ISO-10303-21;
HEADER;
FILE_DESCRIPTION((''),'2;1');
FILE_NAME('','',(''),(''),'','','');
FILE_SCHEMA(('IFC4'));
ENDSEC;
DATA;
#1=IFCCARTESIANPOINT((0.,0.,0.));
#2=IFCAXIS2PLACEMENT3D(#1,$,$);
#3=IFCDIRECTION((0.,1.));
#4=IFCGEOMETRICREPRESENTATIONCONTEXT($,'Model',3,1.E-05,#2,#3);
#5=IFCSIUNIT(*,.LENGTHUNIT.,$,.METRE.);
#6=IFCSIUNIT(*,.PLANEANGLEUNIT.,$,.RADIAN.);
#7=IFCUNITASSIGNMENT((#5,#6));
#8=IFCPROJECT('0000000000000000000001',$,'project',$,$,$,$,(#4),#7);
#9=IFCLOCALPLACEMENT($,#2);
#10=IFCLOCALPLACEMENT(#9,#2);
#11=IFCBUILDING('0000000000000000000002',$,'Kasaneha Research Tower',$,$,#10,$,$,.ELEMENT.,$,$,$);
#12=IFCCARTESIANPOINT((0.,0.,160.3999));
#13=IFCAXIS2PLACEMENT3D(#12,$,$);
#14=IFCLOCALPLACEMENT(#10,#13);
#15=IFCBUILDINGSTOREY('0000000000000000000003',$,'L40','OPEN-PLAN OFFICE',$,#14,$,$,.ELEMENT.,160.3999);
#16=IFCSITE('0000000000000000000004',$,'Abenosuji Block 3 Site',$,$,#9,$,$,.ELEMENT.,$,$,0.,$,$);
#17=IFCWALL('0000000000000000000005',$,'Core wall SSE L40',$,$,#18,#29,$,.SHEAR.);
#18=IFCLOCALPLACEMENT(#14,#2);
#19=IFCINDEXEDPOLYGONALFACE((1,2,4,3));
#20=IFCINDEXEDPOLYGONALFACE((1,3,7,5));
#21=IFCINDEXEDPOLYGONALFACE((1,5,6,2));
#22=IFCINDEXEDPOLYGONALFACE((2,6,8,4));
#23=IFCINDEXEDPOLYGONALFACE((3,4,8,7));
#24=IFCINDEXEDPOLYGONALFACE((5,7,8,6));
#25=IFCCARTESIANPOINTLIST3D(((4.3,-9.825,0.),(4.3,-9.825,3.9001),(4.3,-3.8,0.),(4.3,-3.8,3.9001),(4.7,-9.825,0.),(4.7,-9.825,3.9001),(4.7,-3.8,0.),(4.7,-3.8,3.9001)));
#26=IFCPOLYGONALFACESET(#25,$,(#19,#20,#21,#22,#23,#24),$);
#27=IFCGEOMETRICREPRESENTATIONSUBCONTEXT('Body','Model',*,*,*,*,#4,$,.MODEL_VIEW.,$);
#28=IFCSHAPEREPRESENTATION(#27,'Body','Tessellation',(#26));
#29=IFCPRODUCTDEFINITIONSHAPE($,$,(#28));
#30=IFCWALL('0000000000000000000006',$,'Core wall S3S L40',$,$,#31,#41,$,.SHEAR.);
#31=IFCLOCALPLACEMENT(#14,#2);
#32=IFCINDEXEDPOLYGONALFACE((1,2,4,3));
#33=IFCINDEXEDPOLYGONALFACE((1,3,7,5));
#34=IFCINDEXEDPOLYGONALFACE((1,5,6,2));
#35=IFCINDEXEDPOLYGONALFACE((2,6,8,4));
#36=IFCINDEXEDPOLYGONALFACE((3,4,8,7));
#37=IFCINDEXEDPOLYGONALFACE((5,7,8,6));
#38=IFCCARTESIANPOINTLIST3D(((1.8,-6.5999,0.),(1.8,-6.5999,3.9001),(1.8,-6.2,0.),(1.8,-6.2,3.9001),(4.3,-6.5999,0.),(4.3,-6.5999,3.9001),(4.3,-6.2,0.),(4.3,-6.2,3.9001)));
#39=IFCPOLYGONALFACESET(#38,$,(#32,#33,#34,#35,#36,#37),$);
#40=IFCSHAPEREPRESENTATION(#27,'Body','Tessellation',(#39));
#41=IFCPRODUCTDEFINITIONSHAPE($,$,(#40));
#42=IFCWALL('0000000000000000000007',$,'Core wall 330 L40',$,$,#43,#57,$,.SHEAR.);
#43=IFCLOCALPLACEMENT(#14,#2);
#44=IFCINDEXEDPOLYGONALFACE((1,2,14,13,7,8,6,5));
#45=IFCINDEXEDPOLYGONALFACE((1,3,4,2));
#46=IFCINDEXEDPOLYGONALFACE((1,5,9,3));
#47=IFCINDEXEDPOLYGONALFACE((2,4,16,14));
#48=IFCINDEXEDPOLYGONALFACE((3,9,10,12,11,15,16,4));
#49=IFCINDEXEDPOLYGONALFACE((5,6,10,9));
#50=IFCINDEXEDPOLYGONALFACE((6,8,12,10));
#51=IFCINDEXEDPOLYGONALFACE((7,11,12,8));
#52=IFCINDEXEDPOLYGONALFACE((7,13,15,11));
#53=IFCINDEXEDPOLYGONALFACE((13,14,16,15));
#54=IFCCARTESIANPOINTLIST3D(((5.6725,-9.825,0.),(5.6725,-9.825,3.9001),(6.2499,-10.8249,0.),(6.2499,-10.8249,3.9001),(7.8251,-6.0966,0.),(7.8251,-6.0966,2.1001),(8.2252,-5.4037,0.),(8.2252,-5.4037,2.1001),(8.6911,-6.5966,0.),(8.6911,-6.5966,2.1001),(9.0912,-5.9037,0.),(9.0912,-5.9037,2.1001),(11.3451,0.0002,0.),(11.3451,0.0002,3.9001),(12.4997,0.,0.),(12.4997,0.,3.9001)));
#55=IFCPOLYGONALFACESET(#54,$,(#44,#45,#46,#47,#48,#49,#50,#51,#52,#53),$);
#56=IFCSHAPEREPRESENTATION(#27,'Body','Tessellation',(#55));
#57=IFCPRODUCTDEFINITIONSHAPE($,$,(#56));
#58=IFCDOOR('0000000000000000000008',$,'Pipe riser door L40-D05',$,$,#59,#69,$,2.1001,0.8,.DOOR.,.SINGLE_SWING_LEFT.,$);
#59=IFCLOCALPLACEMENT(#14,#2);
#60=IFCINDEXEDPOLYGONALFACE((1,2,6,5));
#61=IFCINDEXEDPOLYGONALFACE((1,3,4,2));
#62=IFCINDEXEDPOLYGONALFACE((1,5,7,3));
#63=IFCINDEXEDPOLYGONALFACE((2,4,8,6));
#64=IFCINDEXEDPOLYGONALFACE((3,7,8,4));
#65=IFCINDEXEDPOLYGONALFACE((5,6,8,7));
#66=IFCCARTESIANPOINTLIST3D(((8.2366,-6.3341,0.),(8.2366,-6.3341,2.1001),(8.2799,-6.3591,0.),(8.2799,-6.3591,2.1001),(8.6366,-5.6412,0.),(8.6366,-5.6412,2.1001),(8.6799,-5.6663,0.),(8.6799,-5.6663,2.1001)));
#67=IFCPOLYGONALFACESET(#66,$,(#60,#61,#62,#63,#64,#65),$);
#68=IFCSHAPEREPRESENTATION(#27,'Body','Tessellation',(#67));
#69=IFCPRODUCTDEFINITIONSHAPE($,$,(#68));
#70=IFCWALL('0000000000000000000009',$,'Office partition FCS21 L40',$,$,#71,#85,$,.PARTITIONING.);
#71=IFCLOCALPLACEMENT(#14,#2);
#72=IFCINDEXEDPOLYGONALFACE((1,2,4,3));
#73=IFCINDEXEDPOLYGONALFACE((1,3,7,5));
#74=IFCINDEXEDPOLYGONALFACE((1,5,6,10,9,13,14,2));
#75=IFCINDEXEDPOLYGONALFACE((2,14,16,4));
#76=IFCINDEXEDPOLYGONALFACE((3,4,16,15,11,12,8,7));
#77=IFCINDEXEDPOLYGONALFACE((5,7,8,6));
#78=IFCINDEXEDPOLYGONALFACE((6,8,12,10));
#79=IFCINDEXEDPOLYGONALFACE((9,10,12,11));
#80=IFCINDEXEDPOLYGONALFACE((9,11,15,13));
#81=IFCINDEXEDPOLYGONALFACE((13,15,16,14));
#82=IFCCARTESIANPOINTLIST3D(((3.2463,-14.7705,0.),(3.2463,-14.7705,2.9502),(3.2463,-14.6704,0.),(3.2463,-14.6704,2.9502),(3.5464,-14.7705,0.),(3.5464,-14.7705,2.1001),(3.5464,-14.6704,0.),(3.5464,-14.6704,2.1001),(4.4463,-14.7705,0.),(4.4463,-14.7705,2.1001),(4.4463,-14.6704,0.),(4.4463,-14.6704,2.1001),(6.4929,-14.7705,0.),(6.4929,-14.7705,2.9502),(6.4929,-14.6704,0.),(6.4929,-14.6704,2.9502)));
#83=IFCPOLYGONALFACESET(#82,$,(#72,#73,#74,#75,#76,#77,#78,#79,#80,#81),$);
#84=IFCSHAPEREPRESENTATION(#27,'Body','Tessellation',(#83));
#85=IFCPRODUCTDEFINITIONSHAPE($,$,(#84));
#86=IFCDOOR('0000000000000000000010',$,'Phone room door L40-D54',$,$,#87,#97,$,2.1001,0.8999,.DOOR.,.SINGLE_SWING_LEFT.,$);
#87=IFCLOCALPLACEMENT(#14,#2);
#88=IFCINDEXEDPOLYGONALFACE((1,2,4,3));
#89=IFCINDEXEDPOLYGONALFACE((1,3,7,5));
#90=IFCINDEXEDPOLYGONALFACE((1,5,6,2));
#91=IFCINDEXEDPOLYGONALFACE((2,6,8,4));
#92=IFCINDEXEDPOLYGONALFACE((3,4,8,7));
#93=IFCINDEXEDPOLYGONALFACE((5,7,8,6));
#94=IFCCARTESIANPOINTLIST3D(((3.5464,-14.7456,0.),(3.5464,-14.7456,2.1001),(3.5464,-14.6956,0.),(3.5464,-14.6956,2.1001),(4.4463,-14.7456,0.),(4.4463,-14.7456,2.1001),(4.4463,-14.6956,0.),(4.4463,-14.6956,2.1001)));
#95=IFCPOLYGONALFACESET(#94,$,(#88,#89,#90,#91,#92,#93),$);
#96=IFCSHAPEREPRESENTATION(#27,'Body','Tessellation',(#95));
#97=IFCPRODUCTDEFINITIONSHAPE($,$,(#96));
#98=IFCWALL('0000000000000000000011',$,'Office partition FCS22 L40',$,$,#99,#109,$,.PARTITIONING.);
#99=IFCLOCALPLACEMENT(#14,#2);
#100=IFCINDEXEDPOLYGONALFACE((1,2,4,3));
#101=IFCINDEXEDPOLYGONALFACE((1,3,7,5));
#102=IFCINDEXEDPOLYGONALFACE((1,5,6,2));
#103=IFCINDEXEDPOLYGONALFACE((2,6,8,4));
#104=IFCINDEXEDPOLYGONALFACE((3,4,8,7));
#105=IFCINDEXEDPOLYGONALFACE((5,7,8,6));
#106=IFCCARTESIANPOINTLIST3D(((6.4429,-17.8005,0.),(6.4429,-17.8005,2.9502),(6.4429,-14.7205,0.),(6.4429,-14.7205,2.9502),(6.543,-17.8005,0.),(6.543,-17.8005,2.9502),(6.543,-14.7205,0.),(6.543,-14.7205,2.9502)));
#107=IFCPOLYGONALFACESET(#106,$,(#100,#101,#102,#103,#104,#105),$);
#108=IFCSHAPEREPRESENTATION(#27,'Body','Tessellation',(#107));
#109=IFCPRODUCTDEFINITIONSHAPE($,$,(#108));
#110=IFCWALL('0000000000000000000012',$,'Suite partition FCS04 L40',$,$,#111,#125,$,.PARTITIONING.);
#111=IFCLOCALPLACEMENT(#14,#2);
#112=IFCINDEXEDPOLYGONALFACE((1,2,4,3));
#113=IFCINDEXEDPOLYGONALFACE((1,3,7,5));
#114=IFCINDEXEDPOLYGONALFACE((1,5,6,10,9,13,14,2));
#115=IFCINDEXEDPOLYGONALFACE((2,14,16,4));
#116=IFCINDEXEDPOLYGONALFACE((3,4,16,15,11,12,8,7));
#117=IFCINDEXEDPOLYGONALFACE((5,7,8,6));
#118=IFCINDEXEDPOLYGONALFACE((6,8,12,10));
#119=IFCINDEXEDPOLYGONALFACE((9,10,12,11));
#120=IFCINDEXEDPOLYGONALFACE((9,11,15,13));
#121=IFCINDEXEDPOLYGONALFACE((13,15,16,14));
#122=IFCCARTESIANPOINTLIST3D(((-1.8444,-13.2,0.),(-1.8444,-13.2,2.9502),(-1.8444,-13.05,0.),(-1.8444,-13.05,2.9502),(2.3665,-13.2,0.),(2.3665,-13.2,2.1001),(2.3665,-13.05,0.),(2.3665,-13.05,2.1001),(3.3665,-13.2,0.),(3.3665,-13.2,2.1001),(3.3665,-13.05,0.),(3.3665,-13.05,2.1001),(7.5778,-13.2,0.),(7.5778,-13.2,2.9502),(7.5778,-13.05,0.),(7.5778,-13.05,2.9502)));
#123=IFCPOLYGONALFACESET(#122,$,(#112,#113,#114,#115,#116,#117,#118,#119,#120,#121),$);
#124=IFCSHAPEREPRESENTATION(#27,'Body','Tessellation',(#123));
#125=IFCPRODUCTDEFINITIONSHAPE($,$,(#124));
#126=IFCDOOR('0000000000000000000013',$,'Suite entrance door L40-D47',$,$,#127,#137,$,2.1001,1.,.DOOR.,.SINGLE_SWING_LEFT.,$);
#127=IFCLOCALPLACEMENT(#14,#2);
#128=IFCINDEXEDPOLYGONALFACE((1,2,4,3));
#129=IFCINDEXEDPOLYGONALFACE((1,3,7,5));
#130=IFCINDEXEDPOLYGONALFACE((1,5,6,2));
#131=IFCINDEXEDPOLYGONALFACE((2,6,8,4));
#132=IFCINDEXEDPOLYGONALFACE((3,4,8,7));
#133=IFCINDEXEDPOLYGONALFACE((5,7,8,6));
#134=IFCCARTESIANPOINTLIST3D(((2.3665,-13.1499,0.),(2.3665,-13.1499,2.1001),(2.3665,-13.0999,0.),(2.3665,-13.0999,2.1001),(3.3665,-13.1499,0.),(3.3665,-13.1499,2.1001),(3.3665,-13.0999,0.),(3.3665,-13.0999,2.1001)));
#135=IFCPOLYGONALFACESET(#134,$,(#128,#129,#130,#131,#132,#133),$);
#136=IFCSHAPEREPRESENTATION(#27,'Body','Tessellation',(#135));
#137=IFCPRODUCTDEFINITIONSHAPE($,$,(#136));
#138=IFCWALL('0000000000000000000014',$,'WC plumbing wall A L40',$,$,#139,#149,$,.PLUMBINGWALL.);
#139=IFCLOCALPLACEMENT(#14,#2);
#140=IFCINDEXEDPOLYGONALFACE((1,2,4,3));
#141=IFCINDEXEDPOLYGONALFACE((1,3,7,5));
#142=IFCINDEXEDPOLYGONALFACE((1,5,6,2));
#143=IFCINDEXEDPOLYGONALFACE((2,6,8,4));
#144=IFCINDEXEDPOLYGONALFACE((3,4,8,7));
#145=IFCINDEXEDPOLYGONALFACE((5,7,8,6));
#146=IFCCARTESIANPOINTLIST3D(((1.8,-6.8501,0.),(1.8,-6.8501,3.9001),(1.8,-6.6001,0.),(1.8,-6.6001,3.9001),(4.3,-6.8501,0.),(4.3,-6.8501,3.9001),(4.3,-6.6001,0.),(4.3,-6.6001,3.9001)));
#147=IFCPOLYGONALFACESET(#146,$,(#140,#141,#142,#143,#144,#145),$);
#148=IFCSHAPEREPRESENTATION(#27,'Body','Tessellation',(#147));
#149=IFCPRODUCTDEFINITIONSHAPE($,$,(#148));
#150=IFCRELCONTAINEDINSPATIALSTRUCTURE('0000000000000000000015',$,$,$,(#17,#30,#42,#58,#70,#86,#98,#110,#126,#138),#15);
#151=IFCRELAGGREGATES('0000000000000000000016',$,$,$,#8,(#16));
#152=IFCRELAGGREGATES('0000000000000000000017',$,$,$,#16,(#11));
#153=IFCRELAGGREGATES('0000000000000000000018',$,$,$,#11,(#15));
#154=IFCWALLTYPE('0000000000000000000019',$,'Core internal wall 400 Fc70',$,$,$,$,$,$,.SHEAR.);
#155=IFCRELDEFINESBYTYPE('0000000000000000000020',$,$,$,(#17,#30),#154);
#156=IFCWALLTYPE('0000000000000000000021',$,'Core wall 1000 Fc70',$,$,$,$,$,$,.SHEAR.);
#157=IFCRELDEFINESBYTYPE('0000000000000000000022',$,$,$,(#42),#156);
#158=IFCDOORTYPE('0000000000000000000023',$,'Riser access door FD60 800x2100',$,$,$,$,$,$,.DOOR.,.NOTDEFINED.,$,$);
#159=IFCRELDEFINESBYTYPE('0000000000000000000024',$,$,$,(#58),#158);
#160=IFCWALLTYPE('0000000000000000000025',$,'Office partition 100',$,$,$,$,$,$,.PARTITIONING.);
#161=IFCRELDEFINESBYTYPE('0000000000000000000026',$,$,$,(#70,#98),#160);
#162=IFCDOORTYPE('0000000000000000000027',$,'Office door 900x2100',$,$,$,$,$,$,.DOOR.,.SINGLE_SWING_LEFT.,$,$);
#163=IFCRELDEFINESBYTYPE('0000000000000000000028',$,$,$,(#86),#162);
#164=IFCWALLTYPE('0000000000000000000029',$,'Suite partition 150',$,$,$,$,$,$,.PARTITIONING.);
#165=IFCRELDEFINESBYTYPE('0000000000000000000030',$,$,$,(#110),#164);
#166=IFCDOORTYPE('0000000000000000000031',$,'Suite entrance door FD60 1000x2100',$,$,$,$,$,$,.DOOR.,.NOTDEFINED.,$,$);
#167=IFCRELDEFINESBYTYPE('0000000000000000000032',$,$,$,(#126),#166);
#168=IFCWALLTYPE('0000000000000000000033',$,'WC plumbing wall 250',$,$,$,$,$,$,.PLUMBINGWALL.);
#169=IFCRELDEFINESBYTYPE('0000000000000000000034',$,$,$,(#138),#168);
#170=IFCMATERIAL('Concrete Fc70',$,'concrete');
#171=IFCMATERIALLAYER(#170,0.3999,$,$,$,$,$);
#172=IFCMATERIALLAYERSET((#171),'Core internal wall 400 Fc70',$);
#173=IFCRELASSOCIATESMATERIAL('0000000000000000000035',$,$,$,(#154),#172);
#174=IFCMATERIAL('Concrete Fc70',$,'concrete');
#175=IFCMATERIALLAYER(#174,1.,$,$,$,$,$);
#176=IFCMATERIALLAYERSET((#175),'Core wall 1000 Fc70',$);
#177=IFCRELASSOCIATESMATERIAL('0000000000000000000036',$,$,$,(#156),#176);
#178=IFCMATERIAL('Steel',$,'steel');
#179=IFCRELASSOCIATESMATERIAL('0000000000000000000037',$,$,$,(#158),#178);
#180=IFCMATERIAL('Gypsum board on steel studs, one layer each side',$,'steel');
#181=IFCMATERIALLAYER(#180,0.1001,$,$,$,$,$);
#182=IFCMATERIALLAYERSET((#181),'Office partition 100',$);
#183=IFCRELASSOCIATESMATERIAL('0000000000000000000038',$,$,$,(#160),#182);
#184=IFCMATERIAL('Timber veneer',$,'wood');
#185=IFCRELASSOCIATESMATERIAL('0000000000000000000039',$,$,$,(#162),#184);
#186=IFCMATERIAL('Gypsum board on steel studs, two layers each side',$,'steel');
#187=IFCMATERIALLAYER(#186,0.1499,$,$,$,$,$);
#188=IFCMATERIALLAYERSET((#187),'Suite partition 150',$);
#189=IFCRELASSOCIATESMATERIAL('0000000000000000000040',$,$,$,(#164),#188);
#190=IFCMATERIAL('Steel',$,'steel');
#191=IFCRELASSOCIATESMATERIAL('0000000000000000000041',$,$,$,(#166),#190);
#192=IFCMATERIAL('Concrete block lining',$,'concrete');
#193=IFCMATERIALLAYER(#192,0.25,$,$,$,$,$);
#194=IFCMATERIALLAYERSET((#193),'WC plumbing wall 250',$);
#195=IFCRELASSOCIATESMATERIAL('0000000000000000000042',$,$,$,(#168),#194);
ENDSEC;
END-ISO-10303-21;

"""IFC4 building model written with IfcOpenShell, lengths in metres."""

from ifc_helpers import new_model, si_unit, direction, frame, frame_2d, origin, place, context, subcontext, project, spatial, polyline, rectangle, outline, extrude, material, layer, layer_set, type_object, element, fill, save


model = new_model("IFC4")

# Units and contexts
model_context = context("Model", 3, precision=1e-05, world=origin(), true_north=direction((0.0, 1.0)))
body_context = subcontext(model_context, "Body", "Model", "MODEL_VIEW")
ifc_project = project(units=[si_unit("LENGTHUNIT", "METRE"), si_unit("PLANEANGLEUNIT", "RADIAN")], contexts=[model_context])

# Site, building, storey
site_placement = place(None, origin())
site = spatial("IfcSite", under=ifc_project, at=site_placement, Name="Abenosuji Block 3 Site", CompositionType="ELEMENT", RefElevation=0.0)
building_placement = place(site_placement, origin())
building = spatial("IfcBuilding", under=site, at=building_placement, Name="Kasaneha Research Tower", CompositionType="ELEMENT")
storey_placement = place(building_placement, frame((0.0, 0.0, 160.3999)))
storey = spatial("IfcBuildingStorey", under=building, at=storey_placement, Name="L40", Description="OPEN-PLAN OFFICE", CompositionType="ELEMENT", Elevation=160.3999)

# Shared definitions
ifc_material_1 = material(Name="Concrete Fc70", Category="concrete")
ifc_layer_1 = layer(ifc_material_1, 0.3999)
ifc_layer_set_1 = layer_set([ifc_layer_1], Name="Core internal wall 400 Fc70")
wall_type_1 = type_object("IfcWallType", Name="Core internal wall 400 Fc70", PredefinedType="SHEAR", material=ifc_layer_set_1)

# Walls
wall_1_placement = place(storey_placement, frame((4.5, -3.8, 0.0), z_axis=(0.0, 0.0, 1.0), x_axis=(0.0, -1.0, 0.0)))
element("IfcWall", 1, at=wall_1_placement, inside=storey, type_object=wall_type_1, Name="Core wall SSE L40", PredefinedType="SHEAR", context=body_context, shape_type="SweptSolid", body=[
    extrude(rectangle(XDim=6.0249, YDim=0.3999, at=frame_2d((3.0125, 0.0))), origin(), (0.0, 0.0, 1.0), 3.9001),
])
wall_2_placement = place(storey_placement, frame((1.8, -6.3999, 0.0), z_axis=(0.0, 0.0, 1.0), x_axis=(1.0, 0.0, 0.0)))
element("IfcWall", 2, at=wall_2_placement, inside=storey, type_object=wall_type_1, Name="Core wall S3S L40", PredefinedType="SHEAR", context=body_context, shape_type="SweptSolid", body=[
    extrude(rectangle(XDim=2.5, YDim=0.3999, at=frame_2d((1.25, 0.0))), origin(), (0.0, 0.0, 1.0), 3.9001),
])

# Walls, openings, doors
ifc_material_2 = material(Name="Concrete Fc70", Category="concrete")
ifc_layer_2 = layer(ifc_material_2, 1.0)
ifc_layer_set_2 = layer_set([ifc_layer_2], Name="Core wall 1000 Fc70")
wall_type_2 = type_object("IfcWallType", Name="Core wall 1000 Fc70", PredefinedType="SHEAR", material=ifc_layer_set_2)
wall_3_placement = place(storey_placement, frame((5.9612, -10.325, 0.0), z_axis=(0.0, 0.0, 1.0), x_axis=(0.500004, 0.866023, 0.0)))
wall_3 = element("IfcWall", 3, at=wall_3_placement, inside=storey, type_object=wall_type_2, Name="Core wall 330 L40", PredefinedType="SHEAR", context=body_context, shape_type="SweptSolid", body=[
    extrude(outline(polyline([(-0.2886, -0.5), (4.594, -0.5), (5.394, -0.5), (12.2109, -0.5), (11.6338, 0.5), (5.394, 0.5), (4.594, 0.5), (0.2886, 0.5), (-0.2886, -0.5)])), origin(), (0.0, 0.0, 1.0), 3.9001),
])
opening_1_placement = place(wall_3_placement, frame((4.594, 0.0, 0.0)))
opening_1 = element("IfcOpeningElement", 4, at=opening_1_placement, cuts=wall_3, PredefinedType="OPENING", context=body_context, shape_type="SweptSolid", body=[
    extrude(rectangle(XDim=0.8, YDim=2.1001, at=frame_2d((0.3999, 1.05))), frame((0.0, 0.51, 0.0), z_axis=(0.0, -1.0, 0.0), x_axis=(1.0, 0.0, 0.0)), (0.0, 0.0, 1.0), 1.02),
])
ifc_material_3 = material(Name="Steel", Category="steel")
door_type_1 = type_object("IfcDoorType", Name="Riser access door FD60 800x2100", OperationType="NOTDEFINED", PredefinedType="DOOR", material=ifc_material_3)
door_1_placement = place(opening_1_placement, origin())
door_1 = element("IfcDoor", 5, at=door_1_placement, inside=storey, type_object=door_type_1, Name="Pipe riser door L40-D05", OperationType="SINGLE_SWING_LEFT", OverallHeight=2.1001, OverallWidth=0.8, PredefinedType="DOOR", context=body_context, shape_type="SweptSolid", body=[
    extrude(rectangle(XDim=0.8, YDim=2.1001, at=frame_2d((0.3999, 1.05))), frame((0.0, 0.0249, 0.0), z_axis=(0.0, -1.0, 0.0), x_axis=(1.0, 0.0, 0.0)), (0.0, 0.0, 1.0), 0.05),
])
fill(opening_1, door_1)
ifc_material_4 = material(Name="Gypsum board on steel studs, one layer each side", Category="steel")
ifc_layer_3 = layer(ifc_material_4, 0.1001)
ifc_layer_set_3 = layer_set([ifc_layer_3], Name="Office partition 100")
wall_type_3 = type_object("IfcWallType", Name="Office partition 100", PredefinedType="PARTITIONING", material=ifc_layer_set_3)
wall_4_placement = place(storey_placement, frame((3.2463, -14.7205, 0.0), z_axis=(0.0, 0.0, 1.0), x_axis=(1.0, 0.0, 0.0)))
wall_4 = element("IfcWall", 6, at=wall_4_placement, inside=storey, type_object=wall_type_3, Name="Office partition FCS21 L40", PredefinedType="PARTITIONING", context=body_context, shape_type="SweptSolid", body=[
    extrude(rectangle(XDim=3.2466, YDim=0.1001, at=frame_2d((1.6233, 0.0))), origin(), (0.0, 0.0, 1.0), 2.9502),
])
opening_2_placement = place(wall_4_placement, frame((0.3, 0.0, 0.0)))
opening_2 = element("IfcOpeningElement", 7, at=opening_2_placement, cuts=wall_4, PredefinedType="OPENING", context=body_context, shape_type="SweptSolid", body=[
    extrude(rectangle(XDim=0.8999, YDim=2.1001, at=frame_2d((0.45, 1.05))), frame((0.0, 0.0601, 0.0), z_axis=(0.0, -1.0, 0.0), x_axis=(1.0, 0.0, 0.0)), (0.0, 0.0, 1.0), 0.1201),
])
ifc_material_5 = material(Name="Timber veneer", Category="wood")
door_type_2 = type_object("IfcDoorType", Name="Office door 900x2100", OperationType="SINGLE_SWING_LEFT", PredefinedType="DOOR", material=ifc_material_5)
door_2_placement = place(opening_2_placement, origin())
door_2 = element("IfcDoor", 8, at=door_2_placement, inside=storey, type_object=door_type_2, Name="Phone room door L40-D54", OperationType="SINGLE_SWING_LEFT", OverallHeight=2.1001, OverallWidth=0.8999, PredefinedType="DOOR", context=body_context, shape_type="SweptSolid", body=[
    extrude(rectangle(XDim=0.8999, YDim=2.1001, at=frame_2d((0.45, 1.05))), frame((0.0, 0.0249, 0.0), z_axis=(0.0, -1.0, 0.0), x_axis=(1.0, 0.0, 0.0)), (0.0, 0.0, 1.0), 0.05),
])
fill(opening_2, door_2)

# Wall
wall_5_placement = place(storey_placement, frame((6.4929, -14.7205, 0.0), z_axis=(0.0, 0.0, 1.0), x_axis=(0.0, -1.0, 0.0)))
element("IfcWall", 9, at=wall_5_placement, inside=storey, type_object=wall_type_3, Name="Office partition FCS22 L40", PredefinedType="PARTITIONING", context=body_context, shape_type="SweptSolid", body=[
    extrude(rectangle(XDim=3.0801, YDim=0.1001, at=frame_2d((1.54, 0.0))), origin(), (0.0, 0.0, 1.0), 2.9502),
])

# Wall, opening, door
ifc_material_6 = material(Name="Gypsum board on steel studs, two layers each side", Category="steel")
ifc_layer_4 = layer(ifc_material_6, 0.1499)
ifc_layer_set_4 = layer_set([ifc_layer_4], Name="Suite partition 150")
wall_type_4 = type_object("IfcWallType", Name="Suite partition 150", PredefinedType="PARTITIONING", material=ifc_layer_set_4)
wall_6_placement = place(storey_placement, frame((7.5776, -13.125, 0.0), z_axis=(0.0, 0.0, 1.0), x_axis=(-1.0, 0.0, 0.0)))
wall_6 = element("IfcWall", 10, at=wall_6_placement, inside=storey, type_object=wall_type_4, Name="Suite partition FCS04 L40", PredefinedType="PARTITIONING", context=body_context, shape_type="SweptSolid", body=[
    extrude(rectangle(XDim=9.4221, YDim=0.1499, at=frame_2d((4.7109, 0.0))), origin(), (0.0, 0.0, 1.0), 2.9502),
])
opening_3_placement = place(wall_6_placement, frame((4.2112, 0.0, 0.0)))
opening_3 = element("IfcOpeningElement", 11, at=opening_3_placement, cuts=wall_6, PredefinedType="OPENING", context=body_context, shape_type="SweptSolid", body=[
    extrude(rectangle(XDim=1.0, YDim=2.1001, at=frame_2d((0.5, 1.05))), frame((0.0, 0.085, 0.0), z_axis=(0.0, -1.0, 0.0), x_axis=(1.0, 0.0, 0.0)), (0.0, 0.0, 1.0), 0.1699),
])
ifc_material_7 = material(Name="Steel", Category="steel")
door_type_3 = type_object("IfcDoorType", Name="Suite entrance door FD60 1000x2100", OperationType="NOTDEFINED", PredefinedType="DOOR", material=ifc_material_7)
door_3_placement = place(opening_3_placement, origin())
door_3 = element("IfcDoor", 12, at=door_3_placement, inside=storey, type_object=door_type_3, Name="Suite entrance door L40-D47", OperationType="SINGLE_SWING_LEFT", OverallHeight=2.1001, OverallWidth=1.0, PredefinedType="DOOR", context=body_context, shape_type="SweptSolid", body=[
    extrude(rectangle(XDim=1.0, YDim=2.1001, at=frame_2d((0.5, 1.05))), frame((0.0, 0.0249, 0.0), z_axis=(0.0, -1.0, 0.0), x_axis=(1.0, 0.0, 0.0)), (0.0, 0.0, 1.0), 0.05),
])
fill(opening_3, door_3)

# Wall
ifc_material_8 = material(Name="Concrete block lining", Category="concrete")
ifc_layer_5 = layer(ifc_material_8, 0.25)
ifc_layer_set_5 = layer_set([ifc_layer_5], Name="WC plumbing wall 250")
wall_type_5 = type_object("IfcWallType", Name="WC plumbing wall 250", PredefinedType="PLUMBINGWALL", material=ifc_layer_set_5)
wall_7_placement = place(storey_placement, frame((1.8, -6.7251, 0.0), z_axis=(0.0, 0.0, 1.0), x_axis=(1.0, 0.0, 0.0)))
element("IfcWall", 13, at=wall_7_placement, inside=storey, type_object=wall_type_5, Name="WC plumbing wall A L40", PredefinedType="PLUMBINGWALL", context=body_context, shape_type="SweptSolid", body=[
    extrude(rectangle(XDim=2.5, YDim=0.25, at=frame_2d((1.25, 0.0))), origin(), (0.0, 0.0, 1.0), 3.9001),
])

save(model, "model.ifc")
